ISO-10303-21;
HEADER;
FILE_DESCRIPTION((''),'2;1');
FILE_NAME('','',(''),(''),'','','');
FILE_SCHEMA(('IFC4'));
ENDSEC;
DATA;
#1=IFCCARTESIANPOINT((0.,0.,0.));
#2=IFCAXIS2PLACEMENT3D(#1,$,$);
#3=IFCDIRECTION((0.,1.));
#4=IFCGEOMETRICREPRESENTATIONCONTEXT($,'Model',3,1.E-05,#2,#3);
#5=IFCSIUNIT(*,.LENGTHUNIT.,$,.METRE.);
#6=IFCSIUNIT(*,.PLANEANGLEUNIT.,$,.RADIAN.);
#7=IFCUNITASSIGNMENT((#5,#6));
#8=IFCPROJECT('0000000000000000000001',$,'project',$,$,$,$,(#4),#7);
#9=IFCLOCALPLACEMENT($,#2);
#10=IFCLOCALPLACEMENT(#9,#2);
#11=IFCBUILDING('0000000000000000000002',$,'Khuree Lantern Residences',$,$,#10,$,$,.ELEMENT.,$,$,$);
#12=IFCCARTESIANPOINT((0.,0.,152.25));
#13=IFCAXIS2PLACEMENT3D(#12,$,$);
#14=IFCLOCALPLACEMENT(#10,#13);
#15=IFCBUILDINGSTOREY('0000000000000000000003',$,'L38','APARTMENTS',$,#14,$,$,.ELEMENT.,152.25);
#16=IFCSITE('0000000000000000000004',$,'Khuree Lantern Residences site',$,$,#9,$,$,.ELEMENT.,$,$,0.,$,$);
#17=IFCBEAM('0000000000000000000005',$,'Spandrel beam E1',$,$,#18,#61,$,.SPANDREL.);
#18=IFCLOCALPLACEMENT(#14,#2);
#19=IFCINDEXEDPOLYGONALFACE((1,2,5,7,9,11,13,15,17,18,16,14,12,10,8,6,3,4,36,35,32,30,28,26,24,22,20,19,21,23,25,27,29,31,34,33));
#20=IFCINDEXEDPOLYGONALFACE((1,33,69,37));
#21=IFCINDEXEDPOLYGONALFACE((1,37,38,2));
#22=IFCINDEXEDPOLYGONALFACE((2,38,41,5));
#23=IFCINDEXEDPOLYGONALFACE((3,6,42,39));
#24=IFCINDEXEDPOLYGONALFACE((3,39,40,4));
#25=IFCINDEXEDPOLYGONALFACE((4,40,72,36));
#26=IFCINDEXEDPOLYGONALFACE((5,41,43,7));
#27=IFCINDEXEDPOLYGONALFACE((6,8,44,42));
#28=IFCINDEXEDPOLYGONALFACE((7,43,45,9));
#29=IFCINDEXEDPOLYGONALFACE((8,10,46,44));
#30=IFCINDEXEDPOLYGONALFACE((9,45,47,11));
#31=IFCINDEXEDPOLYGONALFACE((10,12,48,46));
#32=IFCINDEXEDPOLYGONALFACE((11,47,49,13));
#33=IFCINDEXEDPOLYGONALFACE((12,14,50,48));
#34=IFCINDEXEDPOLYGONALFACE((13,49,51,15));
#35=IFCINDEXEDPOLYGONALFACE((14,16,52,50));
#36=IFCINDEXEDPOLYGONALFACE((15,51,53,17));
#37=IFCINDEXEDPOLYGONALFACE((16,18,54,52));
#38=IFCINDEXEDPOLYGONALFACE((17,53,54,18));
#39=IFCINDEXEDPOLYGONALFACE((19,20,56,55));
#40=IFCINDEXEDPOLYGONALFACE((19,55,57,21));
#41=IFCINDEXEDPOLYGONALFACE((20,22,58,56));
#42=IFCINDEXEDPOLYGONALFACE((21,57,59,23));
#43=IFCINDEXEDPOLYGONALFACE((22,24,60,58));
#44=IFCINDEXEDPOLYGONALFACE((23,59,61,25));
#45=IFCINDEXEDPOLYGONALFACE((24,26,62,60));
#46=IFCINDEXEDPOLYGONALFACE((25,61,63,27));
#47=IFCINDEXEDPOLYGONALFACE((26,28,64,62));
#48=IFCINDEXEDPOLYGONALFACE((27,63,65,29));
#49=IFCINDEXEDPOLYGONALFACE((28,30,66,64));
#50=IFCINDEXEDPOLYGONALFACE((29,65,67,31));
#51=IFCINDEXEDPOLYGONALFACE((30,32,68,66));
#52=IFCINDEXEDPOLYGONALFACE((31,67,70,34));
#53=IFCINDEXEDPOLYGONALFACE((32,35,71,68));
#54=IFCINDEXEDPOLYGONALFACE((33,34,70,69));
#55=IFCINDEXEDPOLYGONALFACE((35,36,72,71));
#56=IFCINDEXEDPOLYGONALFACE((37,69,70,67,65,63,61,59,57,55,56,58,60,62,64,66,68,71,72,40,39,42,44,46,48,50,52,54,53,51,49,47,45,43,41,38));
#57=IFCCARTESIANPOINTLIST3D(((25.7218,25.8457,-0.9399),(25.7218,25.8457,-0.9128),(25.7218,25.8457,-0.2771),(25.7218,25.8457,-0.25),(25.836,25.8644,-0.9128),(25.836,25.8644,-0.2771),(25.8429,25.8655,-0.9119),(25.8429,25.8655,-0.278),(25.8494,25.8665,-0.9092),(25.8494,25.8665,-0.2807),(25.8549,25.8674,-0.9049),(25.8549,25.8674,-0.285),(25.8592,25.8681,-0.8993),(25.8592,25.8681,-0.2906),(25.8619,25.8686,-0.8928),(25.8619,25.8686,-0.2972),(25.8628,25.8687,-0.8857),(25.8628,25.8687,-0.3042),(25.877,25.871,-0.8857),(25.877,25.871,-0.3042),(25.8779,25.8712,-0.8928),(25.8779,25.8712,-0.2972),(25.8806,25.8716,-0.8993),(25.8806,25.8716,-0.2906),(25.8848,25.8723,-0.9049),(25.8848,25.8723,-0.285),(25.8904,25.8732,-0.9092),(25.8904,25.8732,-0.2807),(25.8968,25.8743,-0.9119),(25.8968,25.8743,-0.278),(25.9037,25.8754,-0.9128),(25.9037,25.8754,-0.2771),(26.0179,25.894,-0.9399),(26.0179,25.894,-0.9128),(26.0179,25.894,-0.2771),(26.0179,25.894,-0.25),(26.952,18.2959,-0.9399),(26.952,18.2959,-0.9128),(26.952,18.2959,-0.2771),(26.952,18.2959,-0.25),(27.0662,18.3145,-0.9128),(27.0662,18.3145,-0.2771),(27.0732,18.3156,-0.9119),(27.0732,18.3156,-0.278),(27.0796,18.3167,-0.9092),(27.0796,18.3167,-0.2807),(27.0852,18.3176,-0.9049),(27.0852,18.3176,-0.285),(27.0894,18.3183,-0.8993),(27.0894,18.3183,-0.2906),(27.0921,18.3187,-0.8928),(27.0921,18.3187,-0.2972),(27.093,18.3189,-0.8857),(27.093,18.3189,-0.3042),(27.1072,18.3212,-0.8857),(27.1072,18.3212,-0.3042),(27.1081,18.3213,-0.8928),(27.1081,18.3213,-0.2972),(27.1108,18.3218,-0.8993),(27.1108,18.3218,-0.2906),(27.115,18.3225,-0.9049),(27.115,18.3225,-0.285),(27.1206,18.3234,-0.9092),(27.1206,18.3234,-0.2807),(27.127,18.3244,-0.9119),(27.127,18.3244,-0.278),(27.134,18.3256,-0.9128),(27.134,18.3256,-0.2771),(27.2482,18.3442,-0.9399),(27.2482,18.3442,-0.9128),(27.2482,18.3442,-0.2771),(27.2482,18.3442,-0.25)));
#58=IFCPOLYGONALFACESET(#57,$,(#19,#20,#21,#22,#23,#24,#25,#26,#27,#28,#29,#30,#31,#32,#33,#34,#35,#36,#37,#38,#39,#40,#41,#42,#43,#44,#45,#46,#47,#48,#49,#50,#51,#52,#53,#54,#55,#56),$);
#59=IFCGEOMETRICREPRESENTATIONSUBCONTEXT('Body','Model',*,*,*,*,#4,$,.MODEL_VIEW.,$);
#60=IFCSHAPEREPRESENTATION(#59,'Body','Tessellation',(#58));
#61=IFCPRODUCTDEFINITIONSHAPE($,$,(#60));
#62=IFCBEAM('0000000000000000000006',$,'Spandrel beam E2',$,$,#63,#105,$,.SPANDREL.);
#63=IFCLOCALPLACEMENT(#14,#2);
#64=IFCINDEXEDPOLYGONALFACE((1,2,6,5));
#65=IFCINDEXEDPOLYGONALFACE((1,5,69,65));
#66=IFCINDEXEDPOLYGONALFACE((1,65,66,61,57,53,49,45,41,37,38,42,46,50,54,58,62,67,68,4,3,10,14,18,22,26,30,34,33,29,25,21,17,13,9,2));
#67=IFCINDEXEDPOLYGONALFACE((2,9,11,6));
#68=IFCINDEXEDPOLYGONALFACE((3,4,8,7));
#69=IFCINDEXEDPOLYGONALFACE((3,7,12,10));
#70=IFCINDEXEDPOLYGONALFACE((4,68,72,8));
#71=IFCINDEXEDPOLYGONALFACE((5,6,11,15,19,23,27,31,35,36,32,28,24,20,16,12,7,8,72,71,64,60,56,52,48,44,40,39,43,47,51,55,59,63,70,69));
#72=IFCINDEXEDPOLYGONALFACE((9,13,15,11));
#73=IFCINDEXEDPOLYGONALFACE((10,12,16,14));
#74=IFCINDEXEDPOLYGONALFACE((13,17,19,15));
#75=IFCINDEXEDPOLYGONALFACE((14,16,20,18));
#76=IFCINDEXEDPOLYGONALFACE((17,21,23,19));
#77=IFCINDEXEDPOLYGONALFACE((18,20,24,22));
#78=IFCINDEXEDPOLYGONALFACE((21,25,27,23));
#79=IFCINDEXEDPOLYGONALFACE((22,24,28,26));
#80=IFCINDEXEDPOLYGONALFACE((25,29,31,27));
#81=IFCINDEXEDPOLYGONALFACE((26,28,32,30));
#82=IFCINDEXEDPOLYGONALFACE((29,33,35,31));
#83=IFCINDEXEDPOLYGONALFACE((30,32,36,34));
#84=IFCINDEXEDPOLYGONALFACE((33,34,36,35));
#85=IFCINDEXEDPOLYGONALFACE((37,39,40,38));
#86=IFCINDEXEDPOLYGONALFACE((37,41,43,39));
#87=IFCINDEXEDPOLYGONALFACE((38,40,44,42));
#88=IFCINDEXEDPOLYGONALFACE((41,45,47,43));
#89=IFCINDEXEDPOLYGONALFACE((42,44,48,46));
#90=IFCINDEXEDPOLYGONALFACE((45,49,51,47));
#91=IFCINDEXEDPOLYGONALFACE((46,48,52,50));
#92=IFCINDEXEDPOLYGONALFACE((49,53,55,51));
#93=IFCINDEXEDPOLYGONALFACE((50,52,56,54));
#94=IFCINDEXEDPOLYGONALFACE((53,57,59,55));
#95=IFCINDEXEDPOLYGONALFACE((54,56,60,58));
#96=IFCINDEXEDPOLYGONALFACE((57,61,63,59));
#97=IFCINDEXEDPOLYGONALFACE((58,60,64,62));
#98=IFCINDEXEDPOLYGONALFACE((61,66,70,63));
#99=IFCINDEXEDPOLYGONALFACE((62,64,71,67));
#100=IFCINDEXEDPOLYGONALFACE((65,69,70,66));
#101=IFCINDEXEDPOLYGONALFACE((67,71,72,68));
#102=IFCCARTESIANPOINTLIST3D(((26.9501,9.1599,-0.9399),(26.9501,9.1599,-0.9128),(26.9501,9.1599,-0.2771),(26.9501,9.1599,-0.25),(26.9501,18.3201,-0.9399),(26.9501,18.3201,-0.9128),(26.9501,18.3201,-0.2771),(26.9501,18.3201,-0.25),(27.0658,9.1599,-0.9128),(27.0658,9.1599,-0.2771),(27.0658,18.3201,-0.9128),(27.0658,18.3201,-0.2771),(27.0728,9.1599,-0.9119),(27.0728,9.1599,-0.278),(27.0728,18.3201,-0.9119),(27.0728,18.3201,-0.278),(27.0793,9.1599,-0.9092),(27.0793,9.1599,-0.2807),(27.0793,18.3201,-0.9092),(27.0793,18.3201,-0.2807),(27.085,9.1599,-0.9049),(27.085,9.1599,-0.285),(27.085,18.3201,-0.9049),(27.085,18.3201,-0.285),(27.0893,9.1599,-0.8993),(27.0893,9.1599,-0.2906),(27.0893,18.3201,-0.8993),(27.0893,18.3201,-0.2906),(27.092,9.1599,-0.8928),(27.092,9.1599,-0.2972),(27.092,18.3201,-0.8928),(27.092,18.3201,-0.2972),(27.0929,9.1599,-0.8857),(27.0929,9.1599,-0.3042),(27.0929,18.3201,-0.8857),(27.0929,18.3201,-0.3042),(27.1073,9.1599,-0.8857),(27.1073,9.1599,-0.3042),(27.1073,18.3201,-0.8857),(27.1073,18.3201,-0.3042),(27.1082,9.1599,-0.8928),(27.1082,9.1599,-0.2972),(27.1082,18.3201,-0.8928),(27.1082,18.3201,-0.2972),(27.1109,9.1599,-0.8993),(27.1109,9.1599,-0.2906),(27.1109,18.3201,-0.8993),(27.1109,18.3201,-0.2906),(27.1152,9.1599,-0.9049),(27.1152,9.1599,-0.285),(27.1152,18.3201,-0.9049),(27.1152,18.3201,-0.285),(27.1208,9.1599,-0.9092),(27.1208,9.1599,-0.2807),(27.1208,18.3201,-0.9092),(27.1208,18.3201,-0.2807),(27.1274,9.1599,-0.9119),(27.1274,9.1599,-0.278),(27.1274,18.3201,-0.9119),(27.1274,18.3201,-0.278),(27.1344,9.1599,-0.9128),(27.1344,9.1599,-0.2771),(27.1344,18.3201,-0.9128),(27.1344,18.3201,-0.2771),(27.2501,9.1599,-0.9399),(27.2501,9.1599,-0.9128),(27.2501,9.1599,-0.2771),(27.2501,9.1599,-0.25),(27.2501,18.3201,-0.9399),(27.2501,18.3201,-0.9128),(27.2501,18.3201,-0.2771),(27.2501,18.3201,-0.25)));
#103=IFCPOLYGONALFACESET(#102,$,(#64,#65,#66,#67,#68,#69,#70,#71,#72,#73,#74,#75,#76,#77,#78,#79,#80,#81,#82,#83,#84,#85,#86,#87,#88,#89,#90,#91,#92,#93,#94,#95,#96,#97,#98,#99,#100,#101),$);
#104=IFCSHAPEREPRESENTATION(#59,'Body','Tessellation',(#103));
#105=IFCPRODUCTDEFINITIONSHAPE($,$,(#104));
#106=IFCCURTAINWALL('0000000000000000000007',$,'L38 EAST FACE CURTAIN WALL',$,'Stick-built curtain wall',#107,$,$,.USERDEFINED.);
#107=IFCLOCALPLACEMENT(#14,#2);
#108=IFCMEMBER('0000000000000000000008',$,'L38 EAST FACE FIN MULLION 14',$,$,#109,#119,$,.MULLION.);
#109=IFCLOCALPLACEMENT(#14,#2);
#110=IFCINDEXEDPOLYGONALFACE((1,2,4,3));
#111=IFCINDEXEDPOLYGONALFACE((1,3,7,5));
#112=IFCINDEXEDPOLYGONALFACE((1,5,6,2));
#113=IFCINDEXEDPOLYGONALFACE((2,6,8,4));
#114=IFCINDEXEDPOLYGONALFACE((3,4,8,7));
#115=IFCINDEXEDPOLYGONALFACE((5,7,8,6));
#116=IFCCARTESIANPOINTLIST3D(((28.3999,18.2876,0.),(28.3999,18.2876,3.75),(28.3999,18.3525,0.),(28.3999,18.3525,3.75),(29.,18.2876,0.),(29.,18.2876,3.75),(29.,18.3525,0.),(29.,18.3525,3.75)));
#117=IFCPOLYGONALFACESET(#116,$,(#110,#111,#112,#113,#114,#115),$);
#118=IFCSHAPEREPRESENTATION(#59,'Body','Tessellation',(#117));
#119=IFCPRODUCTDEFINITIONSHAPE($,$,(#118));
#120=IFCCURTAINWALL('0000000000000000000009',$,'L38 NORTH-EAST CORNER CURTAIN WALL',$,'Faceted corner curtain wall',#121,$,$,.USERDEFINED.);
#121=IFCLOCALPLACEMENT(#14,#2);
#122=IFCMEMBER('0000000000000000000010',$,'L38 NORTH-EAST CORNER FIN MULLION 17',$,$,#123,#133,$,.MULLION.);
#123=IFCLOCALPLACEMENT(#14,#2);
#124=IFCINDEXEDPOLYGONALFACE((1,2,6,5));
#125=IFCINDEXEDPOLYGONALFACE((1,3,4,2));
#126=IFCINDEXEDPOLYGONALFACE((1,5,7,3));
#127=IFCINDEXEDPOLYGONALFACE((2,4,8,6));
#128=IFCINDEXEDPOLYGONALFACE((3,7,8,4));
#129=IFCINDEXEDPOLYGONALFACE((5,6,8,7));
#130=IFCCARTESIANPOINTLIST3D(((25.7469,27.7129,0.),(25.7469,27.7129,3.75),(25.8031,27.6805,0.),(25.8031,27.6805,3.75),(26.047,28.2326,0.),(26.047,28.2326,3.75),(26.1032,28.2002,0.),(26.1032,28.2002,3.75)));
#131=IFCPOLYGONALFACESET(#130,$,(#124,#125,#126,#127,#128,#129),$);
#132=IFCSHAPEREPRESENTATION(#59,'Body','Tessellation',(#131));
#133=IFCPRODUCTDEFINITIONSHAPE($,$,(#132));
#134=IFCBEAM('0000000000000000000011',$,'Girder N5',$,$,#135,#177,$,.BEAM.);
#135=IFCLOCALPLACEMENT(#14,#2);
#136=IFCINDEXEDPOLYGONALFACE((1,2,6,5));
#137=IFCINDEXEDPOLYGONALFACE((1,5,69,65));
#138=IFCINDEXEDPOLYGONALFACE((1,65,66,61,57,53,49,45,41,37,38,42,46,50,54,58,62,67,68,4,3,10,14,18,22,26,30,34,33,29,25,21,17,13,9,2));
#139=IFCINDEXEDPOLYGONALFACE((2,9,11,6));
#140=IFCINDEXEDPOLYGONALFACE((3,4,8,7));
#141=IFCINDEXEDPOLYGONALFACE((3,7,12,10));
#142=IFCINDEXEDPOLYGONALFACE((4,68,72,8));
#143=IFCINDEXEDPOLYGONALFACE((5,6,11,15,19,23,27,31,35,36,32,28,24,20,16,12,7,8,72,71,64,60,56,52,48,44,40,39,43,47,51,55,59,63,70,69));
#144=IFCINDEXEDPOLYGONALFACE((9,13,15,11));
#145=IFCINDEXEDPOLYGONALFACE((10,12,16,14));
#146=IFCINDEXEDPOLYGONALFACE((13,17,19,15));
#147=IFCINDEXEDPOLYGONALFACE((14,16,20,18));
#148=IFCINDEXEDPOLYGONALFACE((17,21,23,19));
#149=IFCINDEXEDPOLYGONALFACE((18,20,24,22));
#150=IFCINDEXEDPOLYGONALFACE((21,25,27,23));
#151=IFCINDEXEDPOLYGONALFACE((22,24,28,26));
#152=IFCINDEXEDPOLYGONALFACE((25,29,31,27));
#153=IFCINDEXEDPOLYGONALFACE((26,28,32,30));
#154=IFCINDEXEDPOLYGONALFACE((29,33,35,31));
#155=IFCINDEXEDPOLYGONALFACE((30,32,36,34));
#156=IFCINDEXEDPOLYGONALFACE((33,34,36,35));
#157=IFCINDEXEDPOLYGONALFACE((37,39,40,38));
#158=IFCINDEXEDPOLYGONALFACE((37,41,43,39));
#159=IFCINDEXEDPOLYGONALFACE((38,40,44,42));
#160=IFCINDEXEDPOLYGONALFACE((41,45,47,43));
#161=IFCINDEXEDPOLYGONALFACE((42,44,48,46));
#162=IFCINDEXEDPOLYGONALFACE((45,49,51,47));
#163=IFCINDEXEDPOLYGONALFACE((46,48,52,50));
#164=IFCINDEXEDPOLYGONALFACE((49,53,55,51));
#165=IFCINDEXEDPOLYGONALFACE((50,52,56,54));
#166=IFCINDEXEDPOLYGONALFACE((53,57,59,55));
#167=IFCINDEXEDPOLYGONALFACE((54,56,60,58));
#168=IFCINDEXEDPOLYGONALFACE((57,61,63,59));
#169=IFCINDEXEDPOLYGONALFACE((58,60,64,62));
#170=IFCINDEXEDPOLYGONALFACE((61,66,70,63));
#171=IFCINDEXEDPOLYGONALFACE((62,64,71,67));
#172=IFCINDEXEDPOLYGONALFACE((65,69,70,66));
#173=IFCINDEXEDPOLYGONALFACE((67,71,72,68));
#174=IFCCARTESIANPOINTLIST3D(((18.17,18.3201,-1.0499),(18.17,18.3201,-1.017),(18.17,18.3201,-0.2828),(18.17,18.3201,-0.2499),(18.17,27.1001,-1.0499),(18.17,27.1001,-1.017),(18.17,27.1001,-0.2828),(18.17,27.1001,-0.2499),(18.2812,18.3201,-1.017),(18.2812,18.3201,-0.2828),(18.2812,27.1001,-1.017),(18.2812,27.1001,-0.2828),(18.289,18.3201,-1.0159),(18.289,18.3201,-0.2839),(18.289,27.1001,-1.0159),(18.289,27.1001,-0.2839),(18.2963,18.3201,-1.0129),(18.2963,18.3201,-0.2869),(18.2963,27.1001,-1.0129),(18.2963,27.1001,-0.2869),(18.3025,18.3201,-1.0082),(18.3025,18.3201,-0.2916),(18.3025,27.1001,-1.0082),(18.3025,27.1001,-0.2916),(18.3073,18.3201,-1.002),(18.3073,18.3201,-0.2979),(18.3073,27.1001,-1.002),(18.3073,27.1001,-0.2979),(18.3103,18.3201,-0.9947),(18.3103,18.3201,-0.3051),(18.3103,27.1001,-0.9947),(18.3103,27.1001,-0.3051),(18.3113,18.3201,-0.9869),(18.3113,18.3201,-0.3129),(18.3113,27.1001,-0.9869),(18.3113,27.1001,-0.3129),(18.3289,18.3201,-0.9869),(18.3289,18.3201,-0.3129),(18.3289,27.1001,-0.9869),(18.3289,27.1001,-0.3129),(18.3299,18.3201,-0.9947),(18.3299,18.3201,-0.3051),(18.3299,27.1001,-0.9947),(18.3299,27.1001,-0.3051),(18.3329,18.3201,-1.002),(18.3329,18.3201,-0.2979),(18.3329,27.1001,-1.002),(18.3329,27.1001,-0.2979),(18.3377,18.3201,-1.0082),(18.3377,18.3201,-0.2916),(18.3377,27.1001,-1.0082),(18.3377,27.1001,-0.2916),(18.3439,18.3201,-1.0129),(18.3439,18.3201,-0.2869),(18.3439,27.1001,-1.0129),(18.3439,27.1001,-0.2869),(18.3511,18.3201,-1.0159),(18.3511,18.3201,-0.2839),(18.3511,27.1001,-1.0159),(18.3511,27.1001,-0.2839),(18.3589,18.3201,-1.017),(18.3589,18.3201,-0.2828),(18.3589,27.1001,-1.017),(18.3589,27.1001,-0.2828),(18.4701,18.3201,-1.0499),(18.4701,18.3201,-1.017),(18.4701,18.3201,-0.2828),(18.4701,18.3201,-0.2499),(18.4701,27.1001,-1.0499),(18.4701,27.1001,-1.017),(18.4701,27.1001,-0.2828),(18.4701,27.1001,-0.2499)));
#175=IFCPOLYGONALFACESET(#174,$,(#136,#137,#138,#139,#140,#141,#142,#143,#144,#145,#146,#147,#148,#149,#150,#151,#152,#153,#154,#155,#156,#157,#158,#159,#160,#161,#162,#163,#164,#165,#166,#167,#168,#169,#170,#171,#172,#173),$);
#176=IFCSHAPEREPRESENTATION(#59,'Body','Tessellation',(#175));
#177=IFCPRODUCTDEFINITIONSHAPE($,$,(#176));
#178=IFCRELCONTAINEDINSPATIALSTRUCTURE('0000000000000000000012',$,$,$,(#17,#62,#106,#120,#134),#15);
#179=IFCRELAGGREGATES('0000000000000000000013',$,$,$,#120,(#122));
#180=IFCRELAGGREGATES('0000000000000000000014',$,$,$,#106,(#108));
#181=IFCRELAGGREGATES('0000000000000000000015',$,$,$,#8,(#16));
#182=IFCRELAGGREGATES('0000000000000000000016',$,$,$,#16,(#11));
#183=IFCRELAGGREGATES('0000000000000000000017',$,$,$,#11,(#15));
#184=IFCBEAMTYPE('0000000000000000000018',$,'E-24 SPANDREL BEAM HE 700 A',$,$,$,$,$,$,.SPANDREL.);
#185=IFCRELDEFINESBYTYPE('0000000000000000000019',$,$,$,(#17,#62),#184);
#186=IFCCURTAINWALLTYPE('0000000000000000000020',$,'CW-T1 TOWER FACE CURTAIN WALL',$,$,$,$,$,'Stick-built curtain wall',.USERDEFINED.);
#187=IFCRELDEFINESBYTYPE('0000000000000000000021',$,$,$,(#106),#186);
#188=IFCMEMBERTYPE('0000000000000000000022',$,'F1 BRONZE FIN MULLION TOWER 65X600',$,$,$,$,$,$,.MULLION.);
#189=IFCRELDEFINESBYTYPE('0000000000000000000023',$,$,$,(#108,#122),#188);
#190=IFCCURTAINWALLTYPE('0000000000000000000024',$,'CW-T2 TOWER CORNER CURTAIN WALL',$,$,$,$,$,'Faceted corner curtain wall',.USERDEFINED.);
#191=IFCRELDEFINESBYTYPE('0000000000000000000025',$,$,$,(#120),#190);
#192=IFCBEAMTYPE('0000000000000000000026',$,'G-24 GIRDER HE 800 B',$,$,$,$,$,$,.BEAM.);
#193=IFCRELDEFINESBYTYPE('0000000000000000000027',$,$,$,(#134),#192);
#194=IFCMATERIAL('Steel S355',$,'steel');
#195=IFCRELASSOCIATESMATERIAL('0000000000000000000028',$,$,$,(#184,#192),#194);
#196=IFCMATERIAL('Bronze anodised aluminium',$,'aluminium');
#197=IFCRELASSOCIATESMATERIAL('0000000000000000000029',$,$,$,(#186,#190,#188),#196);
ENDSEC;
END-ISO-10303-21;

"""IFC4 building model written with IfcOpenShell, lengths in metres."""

from ifc_helpers import new_model, si_unit, direction, frame, origin, origin_2d, place, context, subcontext, project, spatial, rectangle, i_section, extrude, material, material_profile, profile_set, type_object, element, aggregate, save


model = new_model("IFC4")

# Units and contexts
model_context = context("Model", 3, precision=1e-05, world=origin(), true_north=direction((0.0, 1.0)))
body_context = subcontext(model_context, "Body", "Model", "MODEL_VIEW")
ifc_project = project(units=[si_unit("LENGTHUNIT", "METRE"), si_unit("PLANEANGLEUNIT", "RADIAN")], contexts=[model_context])

# Site, building, storey
site_placement = place(None, origin())
site = spatial("IfcSite", under=ifc_project, at=site_placement, Name="Khuree Lantern Residences site", CompositionType="ELEMENT", RefElevation=0.0)
building_placement = place(site_placement, origin())
building = spatial("IfcBuilding", under=site, at=building_placement, Name="Khuree Lantern Residences", CompositionType="ELEMENT")
storey_placement = place(building_placement, frame((0.0, 0.0, 152.25)))
storey = spatial("IfcBuildingStorey", under=building, at=storey_placement, Name="L38", Description="APARTMENTS", CompositionType="ELEMENT", Elevation=152.25)

# Beams
ifc_material_1 = material(Name="Steel S355", Category="steel")
ifc_material_profile_1 = material_profile(ifc_material_1, i_section(OverallWidth=0.3, OverallDepth=0.6899, WebThickness=0.0144, FlangeThickness=0.0271, FilletRadius=0.0271, at=origin_2d()), Name="HE 700 A")
ifc_profile_set_1 = profile_set([ifc_material_profile_1], Name="Steel S355")
beam_type_1 = type_object("IfcBeamType", Name="E-24 SPANDREL BEAM HE 700 A", PredefinedType="SPANDREL", material=ifc_profile_set_1)
for number, where, z_axis, x_axis, name in (
    (1, (25.8699, 25.8699, -0.595), (0.160827, -0.986983, 0.0), (0.986983, 0.160827, 0.0), "Spandrel beam E1"),
):
    element("IfcBeam", number, at=place(storey_placement, frame(where, z_axis=z_axis, x_axis=x_axis)), inside=storey, type_object=beam_type_1, Name=name, PredefinedType="SPANDREL", context=body_context, shape_type="SweptSolid", body=[
        extrude(i_section(OverallWidth=0.3, OverallDepth=0.6899, WebThickness=0.0144, FlangeThickness=0.0271, FilletRadius=0.0271, at=origin_2d()), origin(), (0.0, 0.0, 1.0), 7.6494),
    ])
beam_1_placement = place(storey_placement, frame((27.1001, 18.3201, -0.595), z_axis=(0.0, -1.0, 0.0), x_axis=(1.0, 0.0, 0.0)))
element("IfcBeam", 2, at=beam_1_placement, inside=storey, type_object=beam_type_1, Name="Spandrel beam E2", PredefinedType="SPANDREL", context=body_context, shape_type="SweptSolid", body=[
    extrude(i_section(OverallWidth=0.3, OverallDepth=0.6899, WebThickness=0.0144, FlangeThickness=0.0271, FilletRadius=0.0271, at=origin_2d()), origin(), (0.0, 0.0, 1.0), 9.1602),
])

# Curtain walls, members
ifc_material_2 = material(Name="Bronze anodised aluminium", Category="aluminium")
curtain_wall_type_1 = type_object("IfcCurtainWallType", Name="CW-T1 TOWER FACE CURTAIN WALL", ElementType="Stick-built curtain wall", PredefinedType="USERDEFINED", material=ifc_material_2)
curtain_wall_1_placement = place(storey_placement, origin())
curtain_wall_1 = element("IfcCurtainWall", 3, at=curtain_wall_1_placement, inside=storey, type_object=curtain_wall_type_1, Name="L38 EAST FACE CURTAIN WALL", ObjectType="Stick-built curtain wall", PredefinedType="USERDEFINED")
ifc_material_profile_2 = material_profile(ifc_material_2, rectangle(XDim=0.0649, YDim=0.6001, at=origin_2d()), Name="F1 65X600")
ifc_profile_set_2 = profile_set([ifc_material_profile_2], Name="Bronze anodised aluminium")
member_type_1 = type_object("IfcMemberType", Name="F1 BRONZE FIN MULLION TOWER 65X600", PredefinedType="MULLION", material=ifc_profile_set_2)
member_1_placement = place(storey_placement, frame((28.7, 18.3201, 0.0), z_axis=(0.0, 0.0, 1.0), x_axis=(0.0, 1.0, 0.0)))
member_1 = element("IfcMember", 4, at=member_1_placement, type_object=member_type_1, Name="L38 EAST FACE FIN MULLION 14", PredefinedType="MULLION", context=body_context, shape_type="SweptSolid", body=[
    extrude(rectangle(XDim=0.0649, YDim=0.6001, at=origin_2d()), origin(), (0.0, 0.0, 1.0), 3.75),
])
curtain_wall_type_2 = type_object("IfcCurtainWallType", Name="CW-T2 TOWER CORNER CURTAIN WALL", ElementType="Faceted corner curtain wall", PredefinedType="USERDEFINED", material=ifc_material_2)
curtain_wall_2_placement = place(storey_placement, origin())
curtain_wall_2 = element("IfcCurtainWall", 5, at=curtain_wall_2_placement, inside=storey, type_object=curtain_wall_type_2, Name="L38 NORTH-EAST CORNER CURTAIN WALL", ObjectType="Faceted corner curtain wall", PredefinedType="USERDEFINED")
member_2_placement = place(storey_placement, frame((25.925, 27.9565, 0.0), z_axis=(0.0, 0.0, 1.0), x_axis=(-0.866025, 0.5, 0.0)))
member_2 = element("IfcMember", 6, at=member_2_placement, type_object=member_type_1, Name="L38 NORTH-EAST CORNER FIN MULLION 17", PredefinedType="MULLION", context=body_context, shape_type="SweptSolid", body=[
    extrude(rectangle(XDim=0.0649, YDim=0.6001, at=origin_2d()), origin(), (0.0, 0.0, 1.0), 3.75),
])

# Beam
ifc_material_profile_3 = material_profile(ifc_material_1, i_section(OverallWidth=0.3, OverallDepth=0.8, WebThickness=0.0176, FlangeThickness=0.033, FilletRadius=0.03, at=origin_2d()), Name="HE 800 B")
ifc_profile_set_3 = profile_set([ifc_material_profile_3], Name="Steel S355")
beam_type_2 = type_object("IfcBeamType", Name="G-24 GIRDER HE 800 B", PredefinedType="BEAM", material=ifc_profile_set_3)
beam_2_placement = place(storey_placement, frame((18.3201, 27.1001, -0.6499), z_axis=(0.0, -1.0, 0.0), x_axis=(1.0, 0.0, 0.0)))
element("IfcBeam", 7, at=beam_2_placement, inside=storey, type_object=beam_type_2, Name="Girder N5", PredefinedType="BEAM", context=body_context, shape_type="SweptSolid", body=[
    extrude(i_section(OverallWidth=0.3, OverallDepth=0.8, WebThickness=0.0176, FlangeThickness=0.033, FilletRadius=0.03, at=origin_2d()), origin(), (0.0, 0.0, 1.0), 8.78),
])

aggregate(curtain_wall_2, [member_2])
aggregate(curtain_wall_1, [member_1])

save(model, "model.ifc")
